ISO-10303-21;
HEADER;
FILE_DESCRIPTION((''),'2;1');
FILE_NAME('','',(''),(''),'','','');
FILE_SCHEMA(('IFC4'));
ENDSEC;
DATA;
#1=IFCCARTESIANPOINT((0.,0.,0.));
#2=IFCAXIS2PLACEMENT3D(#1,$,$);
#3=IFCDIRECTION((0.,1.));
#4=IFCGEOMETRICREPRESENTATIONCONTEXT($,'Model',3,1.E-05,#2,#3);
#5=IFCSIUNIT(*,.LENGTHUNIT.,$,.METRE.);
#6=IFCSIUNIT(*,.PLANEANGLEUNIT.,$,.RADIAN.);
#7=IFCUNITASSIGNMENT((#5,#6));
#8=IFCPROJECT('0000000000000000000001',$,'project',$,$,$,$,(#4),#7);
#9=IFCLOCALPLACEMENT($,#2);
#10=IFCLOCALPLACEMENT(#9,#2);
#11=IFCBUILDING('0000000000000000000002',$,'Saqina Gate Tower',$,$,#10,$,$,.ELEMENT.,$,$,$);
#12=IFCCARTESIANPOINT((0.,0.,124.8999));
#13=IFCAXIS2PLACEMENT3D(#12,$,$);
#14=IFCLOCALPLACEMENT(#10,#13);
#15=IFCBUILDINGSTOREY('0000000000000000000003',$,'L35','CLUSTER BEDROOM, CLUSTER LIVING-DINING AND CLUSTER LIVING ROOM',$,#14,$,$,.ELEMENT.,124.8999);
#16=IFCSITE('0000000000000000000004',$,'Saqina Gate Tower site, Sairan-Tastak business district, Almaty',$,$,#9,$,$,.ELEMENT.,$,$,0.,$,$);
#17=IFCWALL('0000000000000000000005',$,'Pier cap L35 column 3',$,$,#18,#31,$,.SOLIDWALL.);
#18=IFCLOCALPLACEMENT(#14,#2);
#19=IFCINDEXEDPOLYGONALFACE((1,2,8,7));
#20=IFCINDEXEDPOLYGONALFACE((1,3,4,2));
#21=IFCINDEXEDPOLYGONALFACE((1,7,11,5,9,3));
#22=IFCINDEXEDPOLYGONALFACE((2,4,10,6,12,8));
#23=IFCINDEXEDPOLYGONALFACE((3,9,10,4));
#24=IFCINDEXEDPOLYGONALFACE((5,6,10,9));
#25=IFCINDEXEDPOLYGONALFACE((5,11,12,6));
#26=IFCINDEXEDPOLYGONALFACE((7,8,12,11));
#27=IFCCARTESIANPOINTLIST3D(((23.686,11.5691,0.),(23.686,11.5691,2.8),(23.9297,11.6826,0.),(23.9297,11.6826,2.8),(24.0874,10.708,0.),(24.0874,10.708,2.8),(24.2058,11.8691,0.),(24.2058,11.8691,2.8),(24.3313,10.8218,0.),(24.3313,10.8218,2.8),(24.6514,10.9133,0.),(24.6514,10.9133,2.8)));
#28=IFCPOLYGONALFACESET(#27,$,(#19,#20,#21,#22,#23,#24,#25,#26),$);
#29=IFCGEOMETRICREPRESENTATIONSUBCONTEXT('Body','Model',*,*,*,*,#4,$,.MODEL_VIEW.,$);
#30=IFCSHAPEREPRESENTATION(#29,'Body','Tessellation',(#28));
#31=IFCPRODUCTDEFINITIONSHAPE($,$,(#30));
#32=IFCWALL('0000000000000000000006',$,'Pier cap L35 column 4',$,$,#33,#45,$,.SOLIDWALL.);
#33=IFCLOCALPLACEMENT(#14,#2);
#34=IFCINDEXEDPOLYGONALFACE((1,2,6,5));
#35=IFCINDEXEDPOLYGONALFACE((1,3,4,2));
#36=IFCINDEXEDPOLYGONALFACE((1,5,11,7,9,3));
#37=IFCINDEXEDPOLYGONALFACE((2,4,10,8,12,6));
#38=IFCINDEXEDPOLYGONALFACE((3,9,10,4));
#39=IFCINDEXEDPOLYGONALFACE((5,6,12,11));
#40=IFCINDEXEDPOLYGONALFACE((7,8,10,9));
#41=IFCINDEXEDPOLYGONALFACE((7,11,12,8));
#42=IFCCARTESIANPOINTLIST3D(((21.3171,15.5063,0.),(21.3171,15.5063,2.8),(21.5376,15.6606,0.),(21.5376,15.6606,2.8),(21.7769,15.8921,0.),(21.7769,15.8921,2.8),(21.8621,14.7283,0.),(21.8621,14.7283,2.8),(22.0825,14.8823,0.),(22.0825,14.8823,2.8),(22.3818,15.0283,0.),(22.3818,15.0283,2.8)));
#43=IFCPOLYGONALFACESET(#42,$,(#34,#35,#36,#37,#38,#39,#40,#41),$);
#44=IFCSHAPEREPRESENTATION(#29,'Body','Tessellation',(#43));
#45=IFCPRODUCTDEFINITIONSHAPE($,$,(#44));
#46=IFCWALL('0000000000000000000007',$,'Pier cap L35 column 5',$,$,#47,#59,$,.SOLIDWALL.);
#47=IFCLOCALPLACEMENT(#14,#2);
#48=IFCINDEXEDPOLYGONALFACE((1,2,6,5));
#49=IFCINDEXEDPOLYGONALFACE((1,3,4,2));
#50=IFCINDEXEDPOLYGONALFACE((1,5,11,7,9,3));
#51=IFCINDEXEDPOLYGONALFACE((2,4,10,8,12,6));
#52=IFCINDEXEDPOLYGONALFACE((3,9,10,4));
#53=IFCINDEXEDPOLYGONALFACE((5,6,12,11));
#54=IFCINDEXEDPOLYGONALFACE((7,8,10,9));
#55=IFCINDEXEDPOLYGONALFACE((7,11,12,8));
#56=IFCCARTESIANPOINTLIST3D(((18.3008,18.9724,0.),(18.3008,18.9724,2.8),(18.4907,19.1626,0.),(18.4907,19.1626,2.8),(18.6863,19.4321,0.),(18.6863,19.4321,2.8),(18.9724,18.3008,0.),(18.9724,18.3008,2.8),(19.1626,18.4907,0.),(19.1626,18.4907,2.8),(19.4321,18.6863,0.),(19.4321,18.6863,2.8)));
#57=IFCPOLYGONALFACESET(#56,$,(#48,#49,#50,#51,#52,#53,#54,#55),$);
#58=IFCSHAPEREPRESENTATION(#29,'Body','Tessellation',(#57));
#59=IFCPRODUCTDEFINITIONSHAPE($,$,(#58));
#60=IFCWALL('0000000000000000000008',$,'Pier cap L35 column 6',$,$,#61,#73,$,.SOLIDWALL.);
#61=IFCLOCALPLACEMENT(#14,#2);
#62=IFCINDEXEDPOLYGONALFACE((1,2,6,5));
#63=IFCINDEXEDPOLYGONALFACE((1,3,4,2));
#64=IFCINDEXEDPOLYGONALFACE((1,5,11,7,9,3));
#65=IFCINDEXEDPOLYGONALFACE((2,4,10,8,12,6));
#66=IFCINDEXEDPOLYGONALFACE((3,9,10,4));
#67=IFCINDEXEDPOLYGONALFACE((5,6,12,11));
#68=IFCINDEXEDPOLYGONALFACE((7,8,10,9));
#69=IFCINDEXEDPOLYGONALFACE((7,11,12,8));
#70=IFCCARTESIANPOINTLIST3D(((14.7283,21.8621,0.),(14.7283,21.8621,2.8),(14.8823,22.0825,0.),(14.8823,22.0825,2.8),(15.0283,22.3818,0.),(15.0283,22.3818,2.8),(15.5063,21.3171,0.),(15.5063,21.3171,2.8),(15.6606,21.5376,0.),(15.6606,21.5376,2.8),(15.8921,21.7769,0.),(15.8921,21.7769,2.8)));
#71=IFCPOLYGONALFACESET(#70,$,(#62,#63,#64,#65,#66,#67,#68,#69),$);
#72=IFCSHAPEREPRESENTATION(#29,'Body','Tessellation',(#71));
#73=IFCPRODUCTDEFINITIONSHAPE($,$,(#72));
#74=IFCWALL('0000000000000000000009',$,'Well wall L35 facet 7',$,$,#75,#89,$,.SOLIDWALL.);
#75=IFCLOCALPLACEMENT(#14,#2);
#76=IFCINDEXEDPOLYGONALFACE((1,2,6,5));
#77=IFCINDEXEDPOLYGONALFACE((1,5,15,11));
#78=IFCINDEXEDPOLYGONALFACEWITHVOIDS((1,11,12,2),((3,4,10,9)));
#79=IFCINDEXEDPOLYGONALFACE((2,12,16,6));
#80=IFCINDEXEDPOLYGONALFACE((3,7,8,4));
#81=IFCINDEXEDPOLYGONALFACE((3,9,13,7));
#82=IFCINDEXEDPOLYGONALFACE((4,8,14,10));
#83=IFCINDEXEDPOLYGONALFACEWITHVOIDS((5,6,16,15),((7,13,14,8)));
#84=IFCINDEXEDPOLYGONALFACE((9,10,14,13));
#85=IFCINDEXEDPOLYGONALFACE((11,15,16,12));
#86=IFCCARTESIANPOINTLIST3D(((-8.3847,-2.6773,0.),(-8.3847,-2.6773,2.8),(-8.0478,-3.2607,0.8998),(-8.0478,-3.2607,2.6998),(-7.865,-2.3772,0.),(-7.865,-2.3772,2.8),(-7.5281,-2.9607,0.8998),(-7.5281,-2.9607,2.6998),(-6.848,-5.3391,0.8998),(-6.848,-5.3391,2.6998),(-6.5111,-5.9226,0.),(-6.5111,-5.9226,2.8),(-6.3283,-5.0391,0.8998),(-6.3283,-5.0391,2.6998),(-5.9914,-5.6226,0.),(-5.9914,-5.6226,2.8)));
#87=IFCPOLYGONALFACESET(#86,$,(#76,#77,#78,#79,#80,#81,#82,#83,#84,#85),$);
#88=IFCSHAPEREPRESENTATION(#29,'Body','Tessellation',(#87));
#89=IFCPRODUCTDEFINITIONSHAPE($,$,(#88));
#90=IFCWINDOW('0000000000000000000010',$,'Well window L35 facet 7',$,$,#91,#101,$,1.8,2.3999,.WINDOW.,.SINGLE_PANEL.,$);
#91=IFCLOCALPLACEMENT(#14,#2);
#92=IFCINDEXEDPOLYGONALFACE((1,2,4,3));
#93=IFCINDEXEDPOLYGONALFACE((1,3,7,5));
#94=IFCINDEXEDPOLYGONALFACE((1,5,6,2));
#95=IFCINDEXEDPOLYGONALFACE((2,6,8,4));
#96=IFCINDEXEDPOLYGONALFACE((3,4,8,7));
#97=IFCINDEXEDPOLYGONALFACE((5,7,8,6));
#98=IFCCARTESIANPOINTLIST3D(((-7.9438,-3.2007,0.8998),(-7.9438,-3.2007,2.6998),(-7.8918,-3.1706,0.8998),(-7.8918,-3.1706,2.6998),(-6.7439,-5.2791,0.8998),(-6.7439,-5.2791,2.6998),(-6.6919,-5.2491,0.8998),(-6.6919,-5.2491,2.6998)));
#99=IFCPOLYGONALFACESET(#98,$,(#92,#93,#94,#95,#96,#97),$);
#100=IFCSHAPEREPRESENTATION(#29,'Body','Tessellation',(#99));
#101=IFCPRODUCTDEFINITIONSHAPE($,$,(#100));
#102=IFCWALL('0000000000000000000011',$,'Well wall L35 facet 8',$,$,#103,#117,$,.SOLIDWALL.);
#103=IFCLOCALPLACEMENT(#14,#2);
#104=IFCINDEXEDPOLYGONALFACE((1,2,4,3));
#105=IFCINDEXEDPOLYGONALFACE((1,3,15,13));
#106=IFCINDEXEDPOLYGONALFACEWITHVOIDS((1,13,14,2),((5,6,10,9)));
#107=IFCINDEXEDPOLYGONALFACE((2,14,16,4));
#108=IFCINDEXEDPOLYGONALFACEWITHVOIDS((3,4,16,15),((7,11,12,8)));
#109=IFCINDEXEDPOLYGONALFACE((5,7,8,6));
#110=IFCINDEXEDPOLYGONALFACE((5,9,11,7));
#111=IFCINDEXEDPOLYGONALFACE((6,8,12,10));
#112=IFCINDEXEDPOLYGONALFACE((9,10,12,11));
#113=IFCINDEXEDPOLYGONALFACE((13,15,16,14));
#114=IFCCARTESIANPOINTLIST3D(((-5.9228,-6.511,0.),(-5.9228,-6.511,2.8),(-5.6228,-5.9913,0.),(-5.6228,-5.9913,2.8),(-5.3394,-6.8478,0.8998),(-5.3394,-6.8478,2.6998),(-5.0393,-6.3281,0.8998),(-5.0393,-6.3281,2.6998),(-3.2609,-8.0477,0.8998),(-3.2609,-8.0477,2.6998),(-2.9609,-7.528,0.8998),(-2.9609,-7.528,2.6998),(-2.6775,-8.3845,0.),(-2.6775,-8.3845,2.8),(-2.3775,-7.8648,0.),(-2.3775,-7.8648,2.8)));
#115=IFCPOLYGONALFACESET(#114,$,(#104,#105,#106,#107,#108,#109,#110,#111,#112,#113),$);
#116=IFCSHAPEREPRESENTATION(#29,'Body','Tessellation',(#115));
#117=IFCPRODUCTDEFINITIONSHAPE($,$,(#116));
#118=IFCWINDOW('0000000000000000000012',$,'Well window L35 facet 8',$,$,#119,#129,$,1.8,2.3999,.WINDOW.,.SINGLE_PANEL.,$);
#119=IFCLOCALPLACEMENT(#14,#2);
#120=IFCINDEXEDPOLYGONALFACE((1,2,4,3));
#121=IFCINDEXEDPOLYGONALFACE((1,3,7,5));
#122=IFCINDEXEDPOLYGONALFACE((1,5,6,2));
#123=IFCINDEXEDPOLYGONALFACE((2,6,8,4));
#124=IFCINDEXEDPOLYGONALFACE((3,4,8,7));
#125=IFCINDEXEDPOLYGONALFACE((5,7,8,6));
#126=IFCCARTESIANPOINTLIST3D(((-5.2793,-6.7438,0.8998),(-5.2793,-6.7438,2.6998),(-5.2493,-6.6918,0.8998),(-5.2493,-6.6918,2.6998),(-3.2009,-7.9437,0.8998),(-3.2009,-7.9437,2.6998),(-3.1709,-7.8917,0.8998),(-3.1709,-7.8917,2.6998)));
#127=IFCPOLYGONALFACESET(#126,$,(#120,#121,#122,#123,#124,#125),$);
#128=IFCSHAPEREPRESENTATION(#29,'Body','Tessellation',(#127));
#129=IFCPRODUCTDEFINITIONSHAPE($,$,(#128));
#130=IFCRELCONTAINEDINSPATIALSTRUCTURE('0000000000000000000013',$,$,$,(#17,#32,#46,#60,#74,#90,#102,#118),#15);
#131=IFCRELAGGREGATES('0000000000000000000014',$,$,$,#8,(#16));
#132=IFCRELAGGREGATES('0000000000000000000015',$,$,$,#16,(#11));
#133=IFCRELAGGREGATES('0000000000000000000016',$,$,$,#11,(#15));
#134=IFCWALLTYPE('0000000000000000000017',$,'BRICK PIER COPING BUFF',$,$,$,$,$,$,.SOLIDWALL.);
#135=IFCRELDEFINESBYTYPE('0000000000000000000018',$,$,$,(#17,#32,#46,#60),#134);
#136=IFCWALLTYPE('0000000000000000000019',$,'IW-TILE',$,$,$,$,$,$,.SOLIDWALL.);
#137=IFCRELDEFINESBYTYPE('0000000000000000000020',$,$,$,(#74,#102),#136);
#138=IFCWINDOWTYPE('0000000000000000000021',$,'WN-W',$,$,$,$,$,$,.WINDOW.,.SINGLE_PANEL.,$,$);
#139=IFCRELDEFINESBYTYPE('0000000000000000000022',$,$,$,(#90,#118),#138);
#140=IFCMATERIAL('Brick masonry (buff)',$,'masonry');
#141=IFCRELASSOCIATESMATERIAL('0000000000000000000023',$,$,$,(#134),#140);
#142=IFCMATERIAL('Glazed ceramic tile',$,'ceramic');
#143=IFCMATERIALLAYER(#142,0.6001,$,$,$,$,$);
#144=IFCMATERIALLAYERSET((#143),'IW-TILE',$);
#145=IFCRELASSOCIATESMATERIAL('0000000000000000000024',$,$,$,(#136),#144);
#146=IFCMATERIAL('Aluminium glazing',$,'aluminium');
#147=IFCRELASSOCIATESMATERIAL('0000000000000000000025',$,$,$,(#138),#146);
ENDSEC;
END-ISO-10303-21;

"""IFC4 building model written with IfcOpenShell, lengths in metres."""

from ifc_helpers import new_model, si_unit, direction, frame, frame_2d, origin, place, context, subcontext, project, spatial, polyline, rectangle, outline, extrude, material, layer, layer_set, type_object, element, fill, save


model = new_model("IFC4")

# Units and contexts
model_context = context("Model", 3, precision=1e-05, world=origin(), true_north=direction((0.0, 1.0)))
body_context = subcontext(model_context, "Body", "Model", "MODEL_VIEW")
ifc_project = project(units=[si_unit("LENGTHUNIT", "METRE"), si_unit("PLANEANGLEUNIT", "RADIAN")], contexts=[model_context])

# Site, building, storey
site_placement = place(None, origin())
site = spatial("IfcSite", under=ifc_project, at=site_placement, Name="Saqina Gate Tower site, Sairan-Tastak business district, Almaty", CompositionType="ELEMENT", RefElevation=0.0)
building_placement = place(site_placement, origin())
building = spatial("IfcBuilding", under=site, at=building_placement, Name="Saqina Gate Tower", CompositionType="ELEMENT")
storey_placement = place(building_placement, frame((0.0, 0.0, 124.8999)))
storey = spatial("IfcBuildingStorey", under=building, at=storey_placement, Name="L35", Description="CLUSTER BEDROOM, CLUSTER LIVING-DINING AND CLUSTER LIVING ROOM", CompositionType="ELEMENT", Elevation=124.8999)

# Walls
ifc_material_1 = material(Name="Brick masonry (buff)", Category="masonry")
wall_type_1 = type_object("IfcWallType", Name="BRICK PIER COPING BUFF", PredefinedType="SOLIDWALL", material=ifc_material_1)
wall_1_placement = place(storey_placement, origin())
element("IfcWall", 1, at=wall_1_placement, inside=storey, type_object=wall_type_1, Name="Pier cap L35 column 3", PredefinedType="SOLIDWALL", context=body_context, shape_type="SweptSolid", body=[
    extrude(outline(polyline([(24.6514, 10.9133), (24.2058, 11.8691), (23.686, 11.5691), (23.9297, 11.6826), (24.3313, 10.8218), (24.0874, 10.708), (24.6514, 10.9133)])), origin(), (0.0, 0.0, 1.0), 2.8),
])
wall_2_placement = place(storey_placement, origin())
element("IfcWall", 2, at=wall_2_placement, inside=storey, type_object=wall_type_1, Name="Pier cap L35 column 4", PredefinedType="SOLIDWALL", context=body_context, shape_type="SweptSolid", body=[
    extrude(outline(polyline([(21.7769, 15.8921), (21.3171, 15.5063), (21.5376, 15.6606), (22.0825, 14.8823), (21.8621, 14.7283), (22.3818, 15.0283), (21.7769, 15.8921)])), origin(), (0.0, 0.0, 1.0), 2.8),
])
wall_3_placement = place(storey_placement, origin())
element("IfcWall", 3, at=wall_3_placement, inside=storey, type_object=wall_type_1, Name="Pier cap L35 column 5", PredefinedType="SOLIDWALL", context=body_context, shape_type="SweptSolid", body=[
    extrude(outline(polyline([(19.4321, 18.6863), (18.6863, 19.4321), (18.3008, 18.9724), (18.4907, 19.1626), (19.1626, 18.4907), (18.9724, 18.3008), (19.4321, 18.6863)])), origin(), (0.0, 0.0, 1.0), 2.8),
])
wall_4_placement = place(storey_placement, origin())
element("IfcWall", 4, at=wall_4_placement, inside=storey, type_object=wall_type_1, Name="Pier cap L35 column 6", PredefinedType="SOLIDWALL", context=body_context, shape_type="SweptSolid", body=[
    extrude(outline(polyline([(15.0283, 22.3818), (14.7283, 21.8621), (14.8823, 22.0825), (15.6606, 21.5376), (15.5063, 21.3171), (15.8921, 21.7769), (15.0283, 22.3818)])), origin(), (0.0, 0.0, 1.0), 2.8),
])

# Walls, openings, windows
ifc_material_2 = material(Name="Glazed ceramic tile", Category="ceramic")
ifc_layer_1 = layer(ifc_material_2, 0.6001)
ifc_layer_set_1 = layer_set([ifc_layer_1], Name="IW-TILE")
wall_type_2 = type_object("IfcWallType", Name="IW-TILE", PredefinedType="SOLIDWALL", material=ifc_layer_set_1)
wall_5_placement = place(storey_placement, frame((-8.1248, -2.5273, 0.0), z_axis=(0.0, 0.0, 1.0), x_axis=(0.499965, -0.866046, 0.0)))
wall_5 = element("IfcWall", 5, at=wall_5_placement, inside=storey, type_object=wall_type_2, Name="Well wall L35 facet 7", PredefinedType="SOLIDWALL", context=body_context, shape_type="SweptSolid", body=[
    extrude(rectangle(XDim=3.7473, YDim=0.6001, at=frame_2d((1.8735, 0.0))), origin(), (0.0, 0.0, 1.0), 2.8),
])
opening_1_placement = place(wall_5_placement, frame((0.6736, 0.0, 0.8999)))
opening_1 = element("IfcOpeningElement", 6, at=opening_1_placement, cuts=wall_5, PredefinedType="OPENING", context=body_context, shape_type="SweptSolid", body=[
    extrude(rectangle(XDim=2.3999, YDim=1.8, at=frame_2d((1.2, 0.8999))), frame((0.0, 0.312, 0.0), z_axis=(0.0, -1.0, 0.0), x_axis=(1.0, 0.0, 0.0)), (0.0, 0.0, 1.0), 0.624),
])
ifc_material_3 = material(Name="Aluminium glazing", Category="aluminium")
window_type = type_object("IfcWindowType", Name="WN-W", PartitioningType="SINGLE_PANEL", PredefinedType="WINDOW", material=ifc_material_3)
window_1_placement = place(opening_1_placement, origin())
window_1 = element("IfcWindow", 7, at=window_1_placement, inside=storey, type_object=window_type, Name="Well window L35 facet 7", OverallHeight=1.8, OverallWidth=2.3999, PartitioningType="SINGLE_PANEL", PredefinedType="WINDOW", context=body_context, shape_type="SweptSolid", body=[
    extrude(rectangle(XDim=2.3999, YDim=1.8, at=frame_2d((1.2, 0.8999))), frame((0.0, -0.1199, 0.0), z_axis=(0.0, -1.0, 0.0), x_axis=(1.0, 0.0, 0.0)), (0.0, 0.0, 1.0), 0.0601),
])
fill(opening_1, window_1)
wall_6_placement = place(storey_placement, frame((-5.7727, -6.2512, 0.0), z_axis=(0.0, 0.0, 1.0), x_axis=(0.866046, -0.499965, 0.0)))
wall_6 = element("IfcWall", 8, at=wall_6_placement, inside=storey, type_object=wall_type_2, Name="Well wall L35 facet 8", PredefinedType="SOLIDWALL", context=body_context, shape_type="SweptSolid", body=[
    extrude(rectangle(XDim=3.7473, YDim=0.6001, at=frame_2d((1.8735, 0.0))), origin(), (0.0, 0.0, 1.0), 2.8),
])
opening_2_placement = place(wall_6_placement, frame((0.6736, 0.0, 0.8999)))
opening_2 = element("IfcOpeningElement", 9, at=opening_2_placement, cuts=wall_6, PredefinedType="OPENING", context=body_context, shape_type="SweptSolid", body=[
    extrude(rectangle(XDim=2.3999, YDim=1.8, at=frame_2d((1.2, 0.8999))), frame((0.0, 0.312, 0.0), z_axis=(0.0, -1.0, 0.0), x_axis=(1.0, 0.0, 0.0)), (0.0, 0.0, 1.0), 0.624),
])
window_2_placement = place(opening_2_placement, origin())
window_2 = element("IfcWindow", 10, at=window_2_placement, inside=storey, type_object=window_type, Name="Well window L35 facet 8", OverallHeight=1.8, OverallWidth=2.3999, PartitioningType="SINGLE_PANEL", PredefinedType="WINDOW", context=body_context, shape_type="SweptSolid", body=[
    extrude(rectangle(XDim=2.3999, YDim=1.8, at=frame_2d((1.2, 0.8999))), frame((0.0, -0.1199, 0.0), z_axis=(0.0, -1.0, 0.0), x_axis=(1.0, 0.0, 0.0)), (0.0, 0.0, 1.0), 0.0601),
])
fill(opening_2, window_2)

save(model, "model.ifc")
